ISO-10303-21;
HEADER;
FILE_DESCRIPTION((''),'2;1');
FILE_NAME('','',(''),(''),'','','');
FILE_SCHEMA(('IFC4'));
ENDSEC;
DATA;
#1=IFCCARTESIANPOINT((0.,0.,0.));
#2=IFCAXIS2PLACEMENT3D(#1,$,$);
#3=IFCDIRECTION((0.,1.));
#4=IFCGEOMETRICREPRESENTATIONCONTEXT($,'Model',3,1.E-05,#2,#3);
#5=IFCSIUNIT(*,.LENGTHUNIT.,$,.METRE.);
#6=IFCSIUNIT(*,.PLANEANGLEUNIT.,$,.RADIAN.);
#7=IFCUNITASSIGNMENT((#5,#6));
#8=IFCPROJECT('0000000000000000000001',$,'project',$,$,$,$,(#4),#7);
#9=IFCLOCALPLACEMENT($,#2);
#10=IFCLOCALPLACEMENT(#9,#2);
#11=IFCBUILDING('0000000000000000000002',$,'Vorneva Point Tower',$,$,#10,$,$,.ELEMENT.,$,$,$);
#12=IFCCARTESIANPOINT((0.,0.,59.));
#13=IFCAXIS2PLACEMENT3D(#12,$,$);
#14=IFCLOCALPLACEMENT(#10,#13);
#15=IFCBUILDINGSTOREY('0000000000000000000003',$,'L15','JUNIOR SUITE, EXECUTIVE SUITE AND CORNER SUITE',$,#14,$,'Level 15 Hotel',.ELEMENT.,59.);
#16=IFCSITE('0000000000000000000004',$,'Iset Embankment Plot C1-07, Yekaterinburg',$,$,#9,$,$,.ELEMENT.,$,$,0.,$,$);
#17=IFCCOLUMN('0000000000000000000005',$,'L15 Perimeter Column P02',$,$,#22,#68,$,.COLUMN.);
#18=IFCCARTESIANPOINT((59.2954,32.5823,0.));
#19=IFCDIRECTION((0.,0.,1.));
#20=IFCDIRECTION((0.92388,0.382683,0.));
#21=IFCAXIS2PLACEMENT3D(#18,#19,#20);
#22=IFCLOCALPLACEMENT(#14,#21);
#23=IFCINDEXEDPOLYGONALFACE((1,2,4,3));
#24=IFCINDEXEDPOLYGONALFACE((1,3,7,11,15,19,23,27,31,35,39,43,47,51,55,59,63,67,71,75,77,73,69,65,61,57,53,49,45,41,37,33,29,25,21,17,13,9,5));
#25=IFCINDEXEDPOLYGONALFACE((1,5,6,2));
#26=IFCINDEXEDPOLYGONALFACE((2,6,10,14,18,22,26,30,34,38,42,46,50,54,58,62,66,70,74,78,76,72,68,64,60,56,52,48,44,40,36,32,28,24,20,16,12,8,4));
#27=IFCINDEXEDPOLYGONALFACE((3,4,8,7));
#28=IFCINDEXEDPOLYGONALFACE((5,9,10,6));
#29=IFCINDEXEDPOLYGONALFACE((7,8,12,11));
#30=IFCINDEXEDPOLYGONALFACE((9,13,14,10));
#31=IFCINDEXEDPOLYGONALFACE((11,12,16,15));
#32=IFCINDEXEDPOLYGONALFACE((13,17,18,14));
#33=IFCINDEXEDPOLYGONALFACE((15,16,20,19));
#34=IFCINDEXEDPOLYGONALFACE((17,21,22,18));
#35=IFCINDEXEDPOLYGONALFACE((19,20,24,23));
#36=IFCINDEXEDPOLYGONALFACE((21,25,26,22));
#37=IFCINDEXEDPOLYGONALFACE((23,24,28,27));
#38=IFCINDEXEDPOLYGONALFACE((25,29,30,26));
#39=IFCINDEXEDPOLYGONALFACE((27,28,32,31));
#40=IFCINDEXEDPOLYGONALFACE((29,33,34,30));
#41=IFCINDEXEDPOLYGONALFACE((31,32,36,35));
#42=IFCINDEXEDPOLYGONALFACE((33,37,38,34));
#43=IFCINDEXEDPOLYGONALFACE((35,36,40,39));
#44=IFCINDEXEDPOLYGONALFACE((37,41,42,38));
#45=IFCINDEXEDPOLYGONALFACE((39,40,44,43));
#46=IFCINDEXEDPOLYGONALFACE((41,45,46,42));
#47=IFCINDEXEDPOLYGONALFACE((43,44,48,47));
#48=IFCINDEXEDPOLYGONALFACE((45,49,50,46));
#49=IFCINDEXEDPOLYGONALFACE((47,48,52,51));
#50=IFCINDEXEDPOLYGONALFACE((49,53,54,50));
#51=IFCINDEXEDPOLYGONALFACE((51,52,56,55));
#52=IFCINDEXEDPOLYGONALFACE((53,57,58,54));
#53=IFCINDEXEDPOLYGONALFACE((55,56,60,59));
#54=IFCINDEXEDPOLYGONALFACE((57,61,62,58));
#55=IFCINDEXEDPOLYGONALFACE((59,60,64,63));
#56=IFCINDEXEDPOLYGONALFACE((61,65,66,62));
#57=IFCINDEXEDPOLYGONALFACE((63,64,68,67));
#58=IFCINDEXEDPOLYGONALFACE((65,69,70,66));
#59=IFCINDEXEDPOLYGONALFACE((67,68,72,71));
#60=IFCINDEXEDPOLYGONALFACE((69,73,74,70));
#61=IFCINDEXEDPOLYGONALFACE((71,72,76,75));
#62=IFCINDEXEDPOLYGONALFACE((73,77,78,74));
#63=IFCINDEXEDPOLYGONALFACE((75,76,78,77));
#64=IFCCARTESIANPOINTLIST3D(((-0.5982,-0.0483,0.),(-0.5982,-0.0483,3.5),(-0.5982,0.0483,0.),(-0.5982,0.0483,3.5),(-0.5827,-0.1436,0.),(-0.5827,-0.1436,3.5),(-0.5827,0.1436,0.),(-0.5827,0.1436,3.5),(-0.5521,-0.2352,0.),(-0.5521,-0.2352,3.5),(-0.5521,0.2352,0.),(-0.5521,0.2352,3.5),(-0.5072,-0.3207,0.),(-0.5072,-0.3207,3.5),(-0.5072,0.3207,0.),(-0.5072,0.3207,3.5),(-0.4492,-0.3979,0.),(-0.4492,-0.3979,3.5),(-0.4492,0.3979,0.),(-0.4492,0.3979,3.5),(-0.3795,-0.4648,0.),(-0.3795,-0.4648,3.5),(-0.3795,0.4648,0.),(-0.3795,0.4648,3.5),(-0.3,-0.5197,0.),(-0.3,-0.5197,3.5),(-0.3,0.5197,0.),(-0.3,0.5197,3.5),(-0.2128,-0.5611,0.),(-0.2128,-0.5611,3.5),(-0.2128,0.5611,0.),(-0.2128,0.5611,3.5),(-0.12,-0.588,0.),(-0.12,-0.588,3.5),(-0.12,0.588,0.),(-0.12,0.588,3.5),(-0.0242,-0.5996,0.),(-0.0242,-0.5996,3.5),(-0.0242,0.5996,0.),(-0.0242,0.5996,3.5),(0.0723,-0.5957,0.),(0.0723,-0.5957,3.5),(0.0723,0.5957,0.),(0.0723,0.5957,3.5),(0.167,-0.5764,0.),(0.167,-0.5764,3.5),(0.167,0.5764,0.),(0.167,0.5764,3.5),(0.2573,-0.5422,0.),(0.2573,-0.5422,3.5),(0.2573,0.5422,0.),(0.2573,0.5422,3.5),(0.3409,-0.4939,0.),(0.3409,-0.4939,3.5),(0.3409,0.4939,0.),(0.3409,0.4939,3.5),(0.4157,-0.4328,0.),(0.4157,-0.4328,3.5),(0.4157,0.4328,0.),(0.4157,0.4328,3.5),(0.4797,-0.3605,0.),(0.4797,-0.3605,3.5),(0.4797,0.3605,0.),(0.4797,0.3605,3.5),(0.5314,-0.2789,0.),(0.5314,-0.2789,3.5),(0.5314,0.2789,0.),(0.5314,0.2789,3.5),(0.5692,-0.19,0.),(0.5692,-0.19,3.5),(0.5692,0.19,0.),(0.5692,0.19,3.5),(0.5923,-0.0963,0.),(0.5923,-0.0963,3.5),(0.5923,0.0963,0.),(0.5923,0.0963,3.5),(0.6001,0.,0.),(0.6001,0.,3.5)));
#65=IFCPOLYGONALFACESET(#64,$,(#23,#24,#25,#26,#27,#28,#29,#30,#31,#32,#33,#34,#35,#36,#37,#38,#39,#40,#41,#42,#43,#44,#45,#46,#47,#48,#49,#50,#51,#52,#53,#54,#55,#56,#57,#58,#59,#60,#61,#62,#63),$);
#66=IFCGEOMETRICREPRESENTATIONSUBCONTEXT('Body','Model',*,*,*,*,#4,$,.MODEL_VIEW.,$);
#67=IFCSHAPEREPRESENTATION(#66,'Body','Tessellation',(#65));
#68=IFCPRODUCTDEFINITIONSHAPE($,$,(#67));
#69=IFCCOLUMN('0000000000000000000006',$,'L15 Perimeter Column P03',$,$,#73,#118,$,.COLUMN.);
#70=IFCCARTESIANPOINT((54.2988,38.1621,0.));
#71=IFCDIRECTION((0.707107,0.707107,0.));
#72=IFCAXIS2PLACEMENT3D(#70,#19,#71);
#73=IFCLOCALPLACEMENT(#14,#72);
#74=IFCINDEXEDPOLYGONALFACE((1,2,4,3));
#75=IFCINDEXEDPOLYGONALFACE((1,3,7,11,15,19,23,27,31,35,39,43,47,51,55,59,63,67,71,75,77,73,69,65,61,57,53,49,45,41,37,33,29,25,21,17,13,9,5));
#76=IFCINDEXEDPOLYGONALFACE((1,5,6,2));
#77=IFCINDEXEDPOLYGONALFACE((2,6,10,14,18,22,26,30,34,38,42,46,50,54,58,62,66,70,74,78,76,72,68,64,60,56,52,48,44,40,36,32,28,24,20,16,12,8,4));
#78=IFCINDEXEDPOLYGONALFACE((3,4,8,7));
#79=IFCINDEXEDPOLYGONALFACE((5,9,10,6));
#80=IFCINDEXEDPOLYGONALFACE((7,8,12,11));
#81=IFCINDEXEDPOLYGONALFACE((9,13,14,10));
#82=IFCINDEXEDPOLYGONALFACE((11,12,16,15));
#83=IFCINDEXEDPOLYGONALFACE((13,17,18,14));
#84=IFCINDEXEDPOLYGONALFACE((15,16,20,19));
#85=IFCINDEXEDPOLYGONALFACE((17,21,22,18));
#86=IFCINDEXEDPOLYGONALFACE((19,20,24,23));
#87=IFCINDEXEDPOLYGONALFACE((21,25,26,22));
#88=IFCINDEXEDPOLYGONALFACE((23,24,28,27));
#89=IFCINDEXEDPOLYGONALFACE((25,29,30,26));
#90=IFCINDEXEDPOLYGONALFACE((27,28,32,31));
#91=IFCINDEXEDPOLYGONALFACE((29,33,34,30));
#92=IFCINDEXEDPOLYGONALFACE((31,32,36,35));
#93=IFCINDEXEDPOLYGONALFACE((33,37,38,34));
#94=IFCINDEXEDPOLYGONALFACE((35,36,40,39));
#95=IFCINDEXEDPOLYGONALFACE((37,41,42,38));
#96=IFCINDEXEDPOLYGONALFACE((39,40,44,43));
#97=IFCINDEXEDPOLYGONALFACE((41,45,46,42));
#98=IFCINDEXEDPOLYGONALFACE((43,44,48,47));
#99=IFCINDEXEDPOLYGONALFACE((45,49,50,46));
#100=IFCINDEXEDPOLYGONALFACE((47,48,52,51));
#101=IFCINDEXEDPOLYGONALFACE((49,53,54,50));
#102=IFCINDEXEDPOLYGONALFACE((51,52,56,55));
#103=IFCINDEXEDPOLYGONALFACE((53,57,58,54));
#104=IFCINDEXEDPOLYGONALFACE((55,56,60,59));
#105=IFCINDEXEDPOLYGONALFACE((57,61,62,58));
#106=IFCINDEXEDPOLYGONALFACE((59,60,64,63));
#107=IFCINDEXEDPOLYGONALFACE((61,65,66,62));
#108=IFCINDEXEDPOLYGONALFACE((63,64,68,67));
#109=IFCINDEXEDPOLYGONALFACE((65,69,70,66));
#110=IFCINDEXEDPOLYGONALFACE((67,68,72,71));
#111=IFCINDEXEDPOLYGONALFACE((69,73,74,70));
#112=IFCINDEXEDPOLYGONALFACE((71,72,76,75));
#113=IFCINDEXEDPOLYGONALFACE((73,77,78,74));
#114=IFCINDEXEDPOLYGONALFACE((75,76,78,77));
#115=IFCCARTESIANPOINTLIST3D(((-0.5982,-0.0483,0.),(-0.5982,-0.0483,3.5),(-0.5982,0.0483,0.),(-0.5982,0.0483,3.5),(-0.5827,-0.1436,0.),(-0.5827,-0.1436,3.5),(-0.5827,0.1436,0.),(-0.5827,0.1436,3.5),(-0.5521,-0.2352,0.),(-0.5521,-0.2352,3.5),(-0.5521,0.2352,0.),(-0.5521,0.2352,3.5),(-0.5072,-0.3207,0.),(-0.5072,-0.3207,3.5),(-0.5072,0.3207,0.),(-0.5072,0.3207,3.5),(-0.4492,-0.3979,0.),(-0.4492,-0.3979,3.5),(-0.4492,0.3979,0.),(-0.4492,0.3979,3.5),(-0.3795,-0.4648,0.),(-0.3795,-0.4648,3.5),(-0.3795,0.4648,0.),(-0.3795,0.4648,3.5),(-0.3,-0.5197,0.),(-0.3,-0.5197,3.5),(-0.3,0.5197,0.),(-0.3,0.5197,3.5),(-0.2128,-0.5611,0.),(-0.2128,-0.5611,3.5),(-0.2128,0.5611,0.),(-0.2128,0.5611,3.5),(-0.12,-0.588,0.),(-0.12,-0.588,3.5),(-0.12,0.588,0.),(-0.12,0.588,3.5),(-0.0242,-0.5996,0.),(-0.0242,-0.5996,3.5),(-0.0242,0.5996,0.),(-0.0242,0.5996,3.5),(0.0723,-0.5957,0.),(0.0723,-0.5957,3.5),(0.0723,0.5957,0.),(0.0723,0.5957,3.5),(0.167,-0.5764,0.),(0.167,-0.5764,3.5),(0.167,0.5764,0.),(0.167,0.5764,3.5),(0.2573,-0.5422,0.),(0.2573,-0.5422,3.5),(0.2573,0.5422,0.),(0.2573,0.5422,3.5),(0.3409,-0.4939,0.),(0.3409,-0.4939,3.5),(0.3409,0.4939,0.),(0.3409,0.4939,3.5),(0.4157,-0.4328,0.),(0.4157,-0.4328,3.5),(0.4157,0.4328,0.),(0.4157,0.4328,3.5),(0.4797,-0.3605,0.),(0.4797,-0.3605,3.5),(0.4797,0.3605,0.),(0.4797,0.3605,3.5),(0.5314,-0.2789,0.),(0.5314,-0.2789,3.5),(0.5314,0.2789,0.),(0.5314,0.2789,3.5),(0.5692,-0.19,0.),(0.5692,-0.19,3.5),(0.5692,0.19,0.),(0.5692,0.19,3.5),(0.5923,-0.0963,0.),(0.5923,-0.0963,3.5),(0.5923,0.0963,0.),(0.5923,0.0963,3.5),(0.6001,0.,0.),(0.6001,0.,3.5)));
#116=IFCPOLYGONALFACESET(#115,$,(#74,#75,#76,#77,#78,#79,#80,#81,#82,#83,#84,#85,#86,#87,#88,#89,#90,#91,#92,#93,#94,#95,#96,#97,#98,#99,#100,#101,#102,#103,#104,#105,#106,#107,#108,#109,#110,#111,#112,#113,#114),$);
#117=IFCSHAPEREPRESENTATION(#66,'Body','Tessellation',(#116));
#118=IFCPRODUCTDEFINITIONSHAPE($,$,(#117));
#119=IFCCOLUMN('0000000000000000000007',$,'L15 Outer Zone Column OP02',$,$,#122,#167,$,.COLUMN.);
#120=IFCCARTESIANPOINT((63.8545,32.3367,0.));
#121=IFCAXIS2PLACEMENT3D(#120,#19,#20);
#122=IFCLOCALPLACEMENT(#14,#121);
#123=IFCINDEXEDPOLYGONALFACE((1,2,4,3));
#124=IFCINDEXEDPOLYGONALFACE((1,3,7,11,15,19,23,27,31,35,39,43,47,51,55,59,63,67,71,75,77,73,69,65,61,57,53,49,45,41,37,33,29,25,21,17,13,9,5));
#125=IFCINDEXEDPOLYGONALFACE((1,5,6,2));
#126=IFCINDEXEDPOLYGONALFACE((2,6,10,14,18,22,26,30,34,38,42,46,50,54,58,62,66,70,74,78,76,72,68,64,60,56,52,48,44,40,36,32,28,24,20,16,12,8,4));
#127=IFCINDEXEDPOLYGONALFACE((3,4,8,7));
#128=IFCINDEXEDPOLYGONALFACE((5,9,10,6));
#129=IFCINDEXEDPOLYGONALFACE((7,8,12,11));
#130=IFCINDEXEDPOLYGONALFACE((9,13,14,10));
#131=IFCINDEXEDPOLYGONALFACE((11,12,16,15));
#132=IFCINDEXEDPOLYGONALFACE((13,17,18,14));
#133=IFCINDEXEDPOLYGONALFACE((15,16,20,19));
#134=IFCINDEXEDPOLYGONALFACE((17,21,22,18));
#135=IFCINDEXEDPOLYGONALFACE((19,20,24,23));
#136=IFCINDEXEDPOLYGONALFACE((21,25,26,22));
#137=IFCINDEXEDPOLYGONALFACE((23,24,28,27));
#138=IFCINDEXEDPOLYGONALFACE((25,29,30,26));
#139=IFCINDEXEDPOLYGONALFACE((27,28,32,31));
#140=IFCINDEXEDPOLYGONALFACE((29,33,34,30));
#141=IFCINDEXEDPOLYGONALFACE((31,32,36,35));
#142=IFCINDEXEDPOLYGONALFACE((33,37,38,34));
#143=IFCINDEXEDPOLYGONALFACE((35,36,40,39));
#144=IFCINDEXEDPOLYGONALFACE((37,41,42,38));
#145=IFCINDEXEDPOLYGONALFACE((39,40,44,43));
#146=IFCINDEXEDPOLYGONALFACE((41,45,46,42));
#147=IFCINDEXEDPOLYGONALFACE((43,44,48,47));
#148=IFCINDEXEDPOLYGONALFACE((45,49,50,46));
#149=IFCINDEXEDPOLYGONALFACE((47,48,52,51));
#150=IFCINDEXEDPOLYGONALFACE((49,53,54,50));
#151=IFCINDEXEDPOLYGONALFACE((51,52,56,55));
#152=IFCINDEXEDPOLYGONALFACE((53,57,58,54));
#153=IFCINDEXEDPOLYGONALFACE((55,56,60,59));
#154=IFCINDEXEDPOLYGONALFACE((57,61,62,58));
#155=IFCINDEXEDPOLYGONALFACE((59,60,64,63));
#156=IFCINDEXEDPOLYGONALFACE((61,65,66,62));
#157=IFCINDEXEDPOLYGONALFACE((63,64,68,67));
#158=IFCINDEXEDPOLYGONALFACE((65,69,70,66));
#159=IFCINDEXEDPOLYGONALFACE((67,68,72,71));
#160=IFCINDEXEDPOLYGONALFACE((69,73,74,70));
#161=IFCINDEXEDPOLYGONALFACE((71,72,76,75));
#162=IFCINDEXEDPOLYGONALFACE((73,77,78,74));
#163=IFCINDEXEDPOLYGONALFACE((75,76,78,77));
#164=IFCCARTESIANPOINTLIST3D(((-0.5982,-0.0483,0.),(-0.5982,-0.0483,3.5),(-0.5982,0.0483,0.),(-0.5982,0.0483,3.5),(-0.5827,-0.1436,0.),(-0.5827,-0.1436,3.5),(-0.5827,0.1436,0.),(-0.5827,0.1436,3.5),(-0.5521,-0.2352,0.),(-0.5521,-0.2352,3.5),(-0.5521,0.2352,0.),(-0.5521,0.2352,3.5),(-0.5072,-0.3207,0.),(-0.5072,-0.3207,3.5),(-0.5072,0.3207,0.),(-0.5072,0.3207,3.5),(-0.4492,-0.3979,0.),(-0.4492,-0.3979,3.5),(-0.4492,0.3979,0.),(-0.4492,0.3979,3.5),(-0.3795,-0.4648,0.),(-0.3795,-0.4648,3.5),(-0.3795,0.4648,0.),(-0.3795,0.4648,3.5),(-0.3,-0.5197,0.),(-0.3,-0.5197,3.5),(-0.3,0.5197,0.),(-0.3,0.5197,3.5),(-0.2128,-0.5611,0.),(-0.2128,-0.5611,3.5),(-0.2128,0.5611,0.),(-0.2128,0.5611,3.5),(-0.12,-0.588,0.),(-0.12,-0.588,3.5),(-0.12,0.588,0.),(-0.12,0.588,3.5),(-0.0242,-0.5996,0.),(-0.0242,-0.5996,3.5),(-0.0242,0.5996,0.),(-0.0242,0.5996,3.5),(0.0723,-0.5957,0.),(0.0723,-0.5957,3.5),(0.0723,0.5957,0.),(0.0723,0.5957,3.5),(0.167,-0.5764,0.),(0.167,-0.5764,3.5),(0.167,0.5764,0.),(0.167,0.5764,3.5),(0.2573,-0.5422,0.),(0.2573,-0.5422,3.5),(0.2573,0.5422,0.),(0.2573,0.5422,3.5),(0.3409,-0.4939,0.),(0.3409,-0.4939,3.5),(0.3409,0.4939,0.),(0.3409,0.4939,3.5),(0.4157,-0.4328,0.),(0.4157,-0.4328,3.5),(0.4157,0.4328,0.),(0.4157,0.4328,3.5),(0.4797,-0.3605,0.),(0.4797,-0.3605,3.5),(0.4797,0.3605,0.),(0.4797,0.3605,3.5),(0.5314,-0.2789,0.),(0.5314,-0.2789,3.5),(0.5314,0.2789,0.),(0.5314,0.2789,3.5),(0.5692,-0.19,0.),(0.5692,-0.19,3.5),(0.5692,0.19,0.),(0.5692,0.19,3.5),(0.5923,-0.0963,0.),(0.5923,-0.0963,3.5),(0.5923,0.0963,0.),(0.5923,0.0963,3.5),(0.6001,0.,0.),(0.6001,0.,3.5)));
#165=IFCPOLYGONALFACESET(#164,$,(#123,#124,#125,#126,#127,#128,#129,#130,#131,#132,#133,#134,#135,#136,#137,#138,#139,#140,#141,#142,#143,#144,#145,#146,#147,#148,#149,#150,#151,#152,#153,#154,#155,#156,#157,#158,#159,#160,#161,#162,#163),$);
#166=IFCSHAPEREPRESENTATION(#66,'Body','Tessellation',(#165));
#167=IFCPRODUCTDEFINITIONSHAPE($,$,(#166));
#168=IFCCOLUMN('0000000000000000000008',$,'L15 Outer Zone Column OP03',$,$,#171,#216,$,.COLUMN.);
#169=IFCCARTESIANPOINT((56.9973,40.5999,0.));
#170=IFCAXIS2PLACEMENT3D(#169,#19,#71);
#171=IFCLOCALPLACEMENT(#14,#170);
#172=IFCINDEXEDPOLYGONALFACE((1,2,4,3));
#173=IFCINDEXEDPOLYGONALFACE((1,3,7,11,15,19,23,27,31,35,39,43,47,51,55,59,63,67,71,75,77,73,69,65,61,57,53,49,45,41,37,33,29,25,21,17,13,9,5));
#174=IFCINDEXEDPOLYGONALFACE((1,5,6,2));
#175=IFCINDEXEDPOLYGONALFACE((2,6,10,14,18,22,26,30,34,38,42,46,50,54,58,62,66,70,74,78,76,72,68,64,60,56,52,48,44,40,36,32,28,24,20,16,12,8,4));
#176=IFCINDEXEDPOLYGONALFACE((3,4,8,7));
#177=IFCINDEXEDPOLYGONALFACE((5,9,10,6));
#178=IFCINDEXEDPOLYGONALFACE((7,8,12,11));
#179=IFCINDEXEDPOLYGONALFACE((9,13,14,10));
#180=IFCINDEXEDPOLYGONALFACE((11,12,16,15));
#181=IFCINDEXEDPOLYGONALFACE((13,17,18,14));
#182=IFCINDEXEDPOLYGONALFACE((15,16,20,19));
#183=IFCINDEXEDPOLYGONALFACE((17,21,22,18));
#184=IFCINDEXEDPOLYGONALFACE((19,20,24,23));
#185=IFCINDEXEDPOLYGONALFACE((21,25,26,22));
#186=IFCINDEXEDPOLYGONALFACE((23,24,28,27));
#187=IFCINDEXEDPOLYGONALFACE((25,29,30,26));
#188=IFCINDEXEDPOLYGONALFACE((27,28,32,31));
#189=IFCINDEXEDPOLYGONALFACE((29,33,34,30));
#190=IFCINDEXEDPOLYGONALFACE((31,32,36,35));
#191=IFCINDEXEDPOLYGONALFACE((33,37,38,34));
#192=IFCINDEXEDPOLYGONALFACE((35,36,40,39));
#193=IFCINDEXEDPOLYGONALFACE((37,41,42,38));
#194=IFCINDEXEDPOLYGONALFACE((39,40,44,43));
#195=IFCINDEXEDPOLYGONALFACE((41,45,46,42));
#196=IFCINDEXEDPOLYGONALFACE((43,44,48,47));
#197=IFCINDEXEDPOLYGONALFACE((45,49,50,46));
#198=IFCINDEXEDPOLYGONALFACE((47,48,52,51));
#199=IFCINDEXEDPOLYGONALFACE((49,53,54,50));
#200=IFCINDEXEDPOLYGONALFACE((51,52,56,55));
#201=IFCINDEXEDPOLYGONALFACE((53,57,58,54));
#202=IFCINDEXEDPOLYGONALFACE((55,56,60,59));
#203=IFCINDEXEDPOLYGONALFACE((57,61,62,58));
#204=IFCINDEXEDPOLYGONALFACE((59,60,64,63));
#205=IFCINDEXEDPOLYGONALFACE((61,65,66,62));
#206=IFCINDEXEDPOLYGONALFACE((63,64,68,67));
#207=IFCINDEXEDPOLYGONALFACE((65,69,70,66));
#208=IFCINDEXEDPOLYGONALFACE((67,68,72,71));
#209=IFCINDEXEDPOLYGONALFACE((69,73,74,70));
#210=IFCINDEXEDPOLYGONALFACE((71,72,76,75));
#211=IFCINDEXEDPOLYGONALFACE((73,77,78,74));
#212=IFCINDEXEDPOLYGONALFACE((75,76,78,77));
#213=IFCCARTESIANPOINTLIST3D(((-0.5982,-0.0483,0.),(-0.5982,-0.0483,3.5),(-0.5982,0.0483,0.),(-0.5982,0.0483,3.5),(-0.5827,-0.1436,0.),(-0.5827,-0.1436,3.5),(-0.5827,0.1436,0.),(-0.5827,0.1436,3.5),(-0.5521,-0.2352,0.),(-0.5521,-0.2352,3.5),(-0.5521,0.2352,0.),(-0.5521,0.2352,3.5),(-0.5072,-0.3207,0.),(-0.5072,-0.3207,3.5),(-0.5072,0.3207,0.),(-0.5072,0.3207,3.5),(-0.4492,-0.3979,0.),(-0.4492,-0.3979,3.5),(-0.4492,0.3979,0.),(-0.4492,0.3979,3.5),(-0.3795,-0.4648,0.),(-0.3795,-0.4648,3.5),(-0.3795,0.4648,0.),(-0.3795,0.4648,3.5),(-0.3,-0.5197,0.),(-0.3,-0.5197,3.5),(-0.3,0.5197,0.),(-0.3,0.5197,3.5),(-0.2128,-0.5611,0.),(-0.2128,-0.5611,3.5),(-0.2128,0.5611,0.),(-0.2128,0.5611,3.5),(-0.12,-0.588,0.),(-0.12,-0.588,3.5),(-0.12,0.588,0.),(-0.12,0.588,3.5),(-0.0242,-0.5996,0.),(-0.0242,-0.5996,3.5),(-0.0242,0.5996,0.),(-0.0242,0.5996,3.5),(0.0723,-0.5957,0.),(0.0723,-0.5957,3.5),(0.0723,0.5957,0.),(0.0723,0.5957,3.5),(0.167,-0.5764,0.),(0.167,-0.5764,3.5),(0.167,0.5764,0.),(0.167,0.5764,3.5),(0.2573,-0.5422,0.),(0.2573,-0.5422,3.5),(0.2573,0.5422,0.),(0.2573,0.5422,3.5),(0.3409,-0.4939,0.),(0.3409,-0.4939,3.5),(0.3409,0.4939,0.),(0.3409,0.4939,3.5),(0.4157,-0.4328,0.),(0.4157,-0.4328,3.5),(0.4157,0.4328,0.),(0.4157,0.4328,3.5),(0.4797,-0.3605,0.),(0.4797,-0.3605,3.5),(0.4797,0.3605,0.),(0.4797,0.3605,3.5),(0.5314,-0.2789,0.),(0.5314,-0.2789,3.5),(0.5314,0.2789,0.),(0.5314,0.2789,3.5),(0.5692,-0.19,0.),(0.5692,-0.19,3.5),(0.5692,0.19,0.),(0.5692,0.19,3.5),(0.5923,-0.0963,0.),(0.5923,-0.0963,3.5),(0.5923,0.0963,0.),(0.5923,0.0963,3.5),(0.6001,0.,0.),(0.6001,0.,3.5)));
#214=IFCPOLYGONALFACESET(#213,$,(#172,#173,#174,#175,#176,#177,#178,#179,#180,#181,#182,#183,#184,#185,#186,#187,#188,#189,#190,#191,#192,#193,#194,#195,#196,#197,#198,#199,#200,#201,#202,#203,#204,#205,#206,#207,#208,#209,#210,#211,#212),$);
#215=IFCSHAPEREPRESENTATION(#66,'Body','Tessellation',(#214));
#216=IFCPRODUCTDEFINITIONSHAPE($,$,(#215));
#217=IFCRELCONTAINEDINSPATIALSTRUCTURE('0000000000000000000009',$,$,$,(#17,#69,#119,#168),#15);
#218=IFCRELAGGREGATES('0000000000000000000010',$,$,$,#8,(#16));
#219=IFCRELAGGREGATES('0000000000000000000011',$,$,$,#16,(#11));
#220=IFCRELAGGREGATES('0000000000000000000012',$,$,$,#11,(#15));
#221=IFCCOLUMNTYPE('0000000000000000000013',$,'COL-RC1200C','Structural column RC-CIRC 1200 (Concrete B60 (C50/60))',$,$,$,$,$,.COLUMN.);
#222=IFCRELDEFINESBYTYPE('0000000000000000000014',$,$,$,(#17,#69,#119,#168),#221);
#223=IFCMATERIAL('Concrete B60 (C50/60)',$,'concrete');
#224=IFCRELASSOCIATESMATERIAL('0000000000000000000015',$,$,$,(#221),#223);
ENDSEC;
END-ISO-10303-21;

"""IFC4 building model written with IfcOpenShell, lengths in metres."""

from ifc_helpers import new_model, si_unit, direction, frame, origin, origin_2d, place, context, subcontext, project, spatial, circle, extrude, material, material_profile, profile_set, type_object, element, save


model = new_model("IFC4")

# Units and contexts
model_context = context("Model", 3, precision=1e-05, world=origin(), true_north=direction((0.0, 1.0)))
body_context = subcontext(model_context, "Body", "Model", "MODEL_VIEW")
ifc_project = project(units=[si_unit("LENGTHUNIT", "METRE"), si_unit("PLANEANGLEUNIT", "RADIAN")], contexts=[model_context])

# Site, building, storey
site_placement = place(None, origin())
site = spatial("IfcSite", under=ifc_project, at=site_placement, Name="Iset Embankment Plot C1-07, Yekaterinburg", CompositionType="ELEMENT", RefElevation=0.0)
building_placement = place(site_placement, origin())
building = spatial("IfcBuilding", under=site, at=building_placement, Name="Vorneva Point Tower", CompositionType="ELEMENT")
storey_placement = place(building_placement, frame((0.0, 0.0, 59.0)))
storey = spatial("IfcBuildingStorey", under=building, at=storey_placement, Name="L15", Description="JUNIOR SUITE, EXECUTIVE SUITE AND CORNER SUITE", LongName="Level 15 Hotel", CompositionType="ELEMENT", Elevation=59.0)

# Columns
ifc_material_1 = material(Name="Concrete B60 (C50/60)", Category="concrete")
ifc_material_profile_1 = material_profile(ifc_material_1, circle(Radius=0.6001, at=origin_2d()), Name="RC-CIRC 1200")
ifc_profile_set_1 = profile_set([ifc_material_profile_1], Name="Concrete B60 (C50/60)")
column_type = type_object("IfcColumnType", Name="COL-RC1200C", Description="Structural column RC-CIRC 1200 (Concrete B60 (C50/60))", PredefinedType="COLUMN", material=ifc_profile_set_1)
for number, where, z_axis, x_axis, name in (
    (1, (59.2954, 32.5823, 0.0), (0.0, 0.0, 1.0), (0.92388, 0.382683, 0.0), "L15 Perimeter Column P02"),
    (2, (54.2988, 38.1621, 0.0), (0.0, 0.0, 1.0), (0.707107, 0.707107, 0.0), "L15 Perimeter Column P03"),
    (3, (63.8545, 32.3367, 0.0), (0.0, 0.0, 1.0), (0.92388, 0.382683, 0.0), "L15 Outer Zone Column OP02"),
    (4, (56.9973, 40.5999, 0.0), (0.0, 0.0, 1.0), (0.707107, 0.707107, 0.0), "L15 Outer Zone Column OP03"),
):
    element("IfcColumn", number, at=place(storey_placement, frame(where, z_axis=z_axis, x_axis=x_axis)), inside=storey, type_object=column_type, Name=name, PredefinedType="COLUMN", context=body_context, shape_type="SweptSolid", body=[
        extrude(circle(Radius=0.6001, at=origin_2d()), origin(), (0.0, 0.0, 1.0), 3.5),
    ])

save(model, "model.ifc")
